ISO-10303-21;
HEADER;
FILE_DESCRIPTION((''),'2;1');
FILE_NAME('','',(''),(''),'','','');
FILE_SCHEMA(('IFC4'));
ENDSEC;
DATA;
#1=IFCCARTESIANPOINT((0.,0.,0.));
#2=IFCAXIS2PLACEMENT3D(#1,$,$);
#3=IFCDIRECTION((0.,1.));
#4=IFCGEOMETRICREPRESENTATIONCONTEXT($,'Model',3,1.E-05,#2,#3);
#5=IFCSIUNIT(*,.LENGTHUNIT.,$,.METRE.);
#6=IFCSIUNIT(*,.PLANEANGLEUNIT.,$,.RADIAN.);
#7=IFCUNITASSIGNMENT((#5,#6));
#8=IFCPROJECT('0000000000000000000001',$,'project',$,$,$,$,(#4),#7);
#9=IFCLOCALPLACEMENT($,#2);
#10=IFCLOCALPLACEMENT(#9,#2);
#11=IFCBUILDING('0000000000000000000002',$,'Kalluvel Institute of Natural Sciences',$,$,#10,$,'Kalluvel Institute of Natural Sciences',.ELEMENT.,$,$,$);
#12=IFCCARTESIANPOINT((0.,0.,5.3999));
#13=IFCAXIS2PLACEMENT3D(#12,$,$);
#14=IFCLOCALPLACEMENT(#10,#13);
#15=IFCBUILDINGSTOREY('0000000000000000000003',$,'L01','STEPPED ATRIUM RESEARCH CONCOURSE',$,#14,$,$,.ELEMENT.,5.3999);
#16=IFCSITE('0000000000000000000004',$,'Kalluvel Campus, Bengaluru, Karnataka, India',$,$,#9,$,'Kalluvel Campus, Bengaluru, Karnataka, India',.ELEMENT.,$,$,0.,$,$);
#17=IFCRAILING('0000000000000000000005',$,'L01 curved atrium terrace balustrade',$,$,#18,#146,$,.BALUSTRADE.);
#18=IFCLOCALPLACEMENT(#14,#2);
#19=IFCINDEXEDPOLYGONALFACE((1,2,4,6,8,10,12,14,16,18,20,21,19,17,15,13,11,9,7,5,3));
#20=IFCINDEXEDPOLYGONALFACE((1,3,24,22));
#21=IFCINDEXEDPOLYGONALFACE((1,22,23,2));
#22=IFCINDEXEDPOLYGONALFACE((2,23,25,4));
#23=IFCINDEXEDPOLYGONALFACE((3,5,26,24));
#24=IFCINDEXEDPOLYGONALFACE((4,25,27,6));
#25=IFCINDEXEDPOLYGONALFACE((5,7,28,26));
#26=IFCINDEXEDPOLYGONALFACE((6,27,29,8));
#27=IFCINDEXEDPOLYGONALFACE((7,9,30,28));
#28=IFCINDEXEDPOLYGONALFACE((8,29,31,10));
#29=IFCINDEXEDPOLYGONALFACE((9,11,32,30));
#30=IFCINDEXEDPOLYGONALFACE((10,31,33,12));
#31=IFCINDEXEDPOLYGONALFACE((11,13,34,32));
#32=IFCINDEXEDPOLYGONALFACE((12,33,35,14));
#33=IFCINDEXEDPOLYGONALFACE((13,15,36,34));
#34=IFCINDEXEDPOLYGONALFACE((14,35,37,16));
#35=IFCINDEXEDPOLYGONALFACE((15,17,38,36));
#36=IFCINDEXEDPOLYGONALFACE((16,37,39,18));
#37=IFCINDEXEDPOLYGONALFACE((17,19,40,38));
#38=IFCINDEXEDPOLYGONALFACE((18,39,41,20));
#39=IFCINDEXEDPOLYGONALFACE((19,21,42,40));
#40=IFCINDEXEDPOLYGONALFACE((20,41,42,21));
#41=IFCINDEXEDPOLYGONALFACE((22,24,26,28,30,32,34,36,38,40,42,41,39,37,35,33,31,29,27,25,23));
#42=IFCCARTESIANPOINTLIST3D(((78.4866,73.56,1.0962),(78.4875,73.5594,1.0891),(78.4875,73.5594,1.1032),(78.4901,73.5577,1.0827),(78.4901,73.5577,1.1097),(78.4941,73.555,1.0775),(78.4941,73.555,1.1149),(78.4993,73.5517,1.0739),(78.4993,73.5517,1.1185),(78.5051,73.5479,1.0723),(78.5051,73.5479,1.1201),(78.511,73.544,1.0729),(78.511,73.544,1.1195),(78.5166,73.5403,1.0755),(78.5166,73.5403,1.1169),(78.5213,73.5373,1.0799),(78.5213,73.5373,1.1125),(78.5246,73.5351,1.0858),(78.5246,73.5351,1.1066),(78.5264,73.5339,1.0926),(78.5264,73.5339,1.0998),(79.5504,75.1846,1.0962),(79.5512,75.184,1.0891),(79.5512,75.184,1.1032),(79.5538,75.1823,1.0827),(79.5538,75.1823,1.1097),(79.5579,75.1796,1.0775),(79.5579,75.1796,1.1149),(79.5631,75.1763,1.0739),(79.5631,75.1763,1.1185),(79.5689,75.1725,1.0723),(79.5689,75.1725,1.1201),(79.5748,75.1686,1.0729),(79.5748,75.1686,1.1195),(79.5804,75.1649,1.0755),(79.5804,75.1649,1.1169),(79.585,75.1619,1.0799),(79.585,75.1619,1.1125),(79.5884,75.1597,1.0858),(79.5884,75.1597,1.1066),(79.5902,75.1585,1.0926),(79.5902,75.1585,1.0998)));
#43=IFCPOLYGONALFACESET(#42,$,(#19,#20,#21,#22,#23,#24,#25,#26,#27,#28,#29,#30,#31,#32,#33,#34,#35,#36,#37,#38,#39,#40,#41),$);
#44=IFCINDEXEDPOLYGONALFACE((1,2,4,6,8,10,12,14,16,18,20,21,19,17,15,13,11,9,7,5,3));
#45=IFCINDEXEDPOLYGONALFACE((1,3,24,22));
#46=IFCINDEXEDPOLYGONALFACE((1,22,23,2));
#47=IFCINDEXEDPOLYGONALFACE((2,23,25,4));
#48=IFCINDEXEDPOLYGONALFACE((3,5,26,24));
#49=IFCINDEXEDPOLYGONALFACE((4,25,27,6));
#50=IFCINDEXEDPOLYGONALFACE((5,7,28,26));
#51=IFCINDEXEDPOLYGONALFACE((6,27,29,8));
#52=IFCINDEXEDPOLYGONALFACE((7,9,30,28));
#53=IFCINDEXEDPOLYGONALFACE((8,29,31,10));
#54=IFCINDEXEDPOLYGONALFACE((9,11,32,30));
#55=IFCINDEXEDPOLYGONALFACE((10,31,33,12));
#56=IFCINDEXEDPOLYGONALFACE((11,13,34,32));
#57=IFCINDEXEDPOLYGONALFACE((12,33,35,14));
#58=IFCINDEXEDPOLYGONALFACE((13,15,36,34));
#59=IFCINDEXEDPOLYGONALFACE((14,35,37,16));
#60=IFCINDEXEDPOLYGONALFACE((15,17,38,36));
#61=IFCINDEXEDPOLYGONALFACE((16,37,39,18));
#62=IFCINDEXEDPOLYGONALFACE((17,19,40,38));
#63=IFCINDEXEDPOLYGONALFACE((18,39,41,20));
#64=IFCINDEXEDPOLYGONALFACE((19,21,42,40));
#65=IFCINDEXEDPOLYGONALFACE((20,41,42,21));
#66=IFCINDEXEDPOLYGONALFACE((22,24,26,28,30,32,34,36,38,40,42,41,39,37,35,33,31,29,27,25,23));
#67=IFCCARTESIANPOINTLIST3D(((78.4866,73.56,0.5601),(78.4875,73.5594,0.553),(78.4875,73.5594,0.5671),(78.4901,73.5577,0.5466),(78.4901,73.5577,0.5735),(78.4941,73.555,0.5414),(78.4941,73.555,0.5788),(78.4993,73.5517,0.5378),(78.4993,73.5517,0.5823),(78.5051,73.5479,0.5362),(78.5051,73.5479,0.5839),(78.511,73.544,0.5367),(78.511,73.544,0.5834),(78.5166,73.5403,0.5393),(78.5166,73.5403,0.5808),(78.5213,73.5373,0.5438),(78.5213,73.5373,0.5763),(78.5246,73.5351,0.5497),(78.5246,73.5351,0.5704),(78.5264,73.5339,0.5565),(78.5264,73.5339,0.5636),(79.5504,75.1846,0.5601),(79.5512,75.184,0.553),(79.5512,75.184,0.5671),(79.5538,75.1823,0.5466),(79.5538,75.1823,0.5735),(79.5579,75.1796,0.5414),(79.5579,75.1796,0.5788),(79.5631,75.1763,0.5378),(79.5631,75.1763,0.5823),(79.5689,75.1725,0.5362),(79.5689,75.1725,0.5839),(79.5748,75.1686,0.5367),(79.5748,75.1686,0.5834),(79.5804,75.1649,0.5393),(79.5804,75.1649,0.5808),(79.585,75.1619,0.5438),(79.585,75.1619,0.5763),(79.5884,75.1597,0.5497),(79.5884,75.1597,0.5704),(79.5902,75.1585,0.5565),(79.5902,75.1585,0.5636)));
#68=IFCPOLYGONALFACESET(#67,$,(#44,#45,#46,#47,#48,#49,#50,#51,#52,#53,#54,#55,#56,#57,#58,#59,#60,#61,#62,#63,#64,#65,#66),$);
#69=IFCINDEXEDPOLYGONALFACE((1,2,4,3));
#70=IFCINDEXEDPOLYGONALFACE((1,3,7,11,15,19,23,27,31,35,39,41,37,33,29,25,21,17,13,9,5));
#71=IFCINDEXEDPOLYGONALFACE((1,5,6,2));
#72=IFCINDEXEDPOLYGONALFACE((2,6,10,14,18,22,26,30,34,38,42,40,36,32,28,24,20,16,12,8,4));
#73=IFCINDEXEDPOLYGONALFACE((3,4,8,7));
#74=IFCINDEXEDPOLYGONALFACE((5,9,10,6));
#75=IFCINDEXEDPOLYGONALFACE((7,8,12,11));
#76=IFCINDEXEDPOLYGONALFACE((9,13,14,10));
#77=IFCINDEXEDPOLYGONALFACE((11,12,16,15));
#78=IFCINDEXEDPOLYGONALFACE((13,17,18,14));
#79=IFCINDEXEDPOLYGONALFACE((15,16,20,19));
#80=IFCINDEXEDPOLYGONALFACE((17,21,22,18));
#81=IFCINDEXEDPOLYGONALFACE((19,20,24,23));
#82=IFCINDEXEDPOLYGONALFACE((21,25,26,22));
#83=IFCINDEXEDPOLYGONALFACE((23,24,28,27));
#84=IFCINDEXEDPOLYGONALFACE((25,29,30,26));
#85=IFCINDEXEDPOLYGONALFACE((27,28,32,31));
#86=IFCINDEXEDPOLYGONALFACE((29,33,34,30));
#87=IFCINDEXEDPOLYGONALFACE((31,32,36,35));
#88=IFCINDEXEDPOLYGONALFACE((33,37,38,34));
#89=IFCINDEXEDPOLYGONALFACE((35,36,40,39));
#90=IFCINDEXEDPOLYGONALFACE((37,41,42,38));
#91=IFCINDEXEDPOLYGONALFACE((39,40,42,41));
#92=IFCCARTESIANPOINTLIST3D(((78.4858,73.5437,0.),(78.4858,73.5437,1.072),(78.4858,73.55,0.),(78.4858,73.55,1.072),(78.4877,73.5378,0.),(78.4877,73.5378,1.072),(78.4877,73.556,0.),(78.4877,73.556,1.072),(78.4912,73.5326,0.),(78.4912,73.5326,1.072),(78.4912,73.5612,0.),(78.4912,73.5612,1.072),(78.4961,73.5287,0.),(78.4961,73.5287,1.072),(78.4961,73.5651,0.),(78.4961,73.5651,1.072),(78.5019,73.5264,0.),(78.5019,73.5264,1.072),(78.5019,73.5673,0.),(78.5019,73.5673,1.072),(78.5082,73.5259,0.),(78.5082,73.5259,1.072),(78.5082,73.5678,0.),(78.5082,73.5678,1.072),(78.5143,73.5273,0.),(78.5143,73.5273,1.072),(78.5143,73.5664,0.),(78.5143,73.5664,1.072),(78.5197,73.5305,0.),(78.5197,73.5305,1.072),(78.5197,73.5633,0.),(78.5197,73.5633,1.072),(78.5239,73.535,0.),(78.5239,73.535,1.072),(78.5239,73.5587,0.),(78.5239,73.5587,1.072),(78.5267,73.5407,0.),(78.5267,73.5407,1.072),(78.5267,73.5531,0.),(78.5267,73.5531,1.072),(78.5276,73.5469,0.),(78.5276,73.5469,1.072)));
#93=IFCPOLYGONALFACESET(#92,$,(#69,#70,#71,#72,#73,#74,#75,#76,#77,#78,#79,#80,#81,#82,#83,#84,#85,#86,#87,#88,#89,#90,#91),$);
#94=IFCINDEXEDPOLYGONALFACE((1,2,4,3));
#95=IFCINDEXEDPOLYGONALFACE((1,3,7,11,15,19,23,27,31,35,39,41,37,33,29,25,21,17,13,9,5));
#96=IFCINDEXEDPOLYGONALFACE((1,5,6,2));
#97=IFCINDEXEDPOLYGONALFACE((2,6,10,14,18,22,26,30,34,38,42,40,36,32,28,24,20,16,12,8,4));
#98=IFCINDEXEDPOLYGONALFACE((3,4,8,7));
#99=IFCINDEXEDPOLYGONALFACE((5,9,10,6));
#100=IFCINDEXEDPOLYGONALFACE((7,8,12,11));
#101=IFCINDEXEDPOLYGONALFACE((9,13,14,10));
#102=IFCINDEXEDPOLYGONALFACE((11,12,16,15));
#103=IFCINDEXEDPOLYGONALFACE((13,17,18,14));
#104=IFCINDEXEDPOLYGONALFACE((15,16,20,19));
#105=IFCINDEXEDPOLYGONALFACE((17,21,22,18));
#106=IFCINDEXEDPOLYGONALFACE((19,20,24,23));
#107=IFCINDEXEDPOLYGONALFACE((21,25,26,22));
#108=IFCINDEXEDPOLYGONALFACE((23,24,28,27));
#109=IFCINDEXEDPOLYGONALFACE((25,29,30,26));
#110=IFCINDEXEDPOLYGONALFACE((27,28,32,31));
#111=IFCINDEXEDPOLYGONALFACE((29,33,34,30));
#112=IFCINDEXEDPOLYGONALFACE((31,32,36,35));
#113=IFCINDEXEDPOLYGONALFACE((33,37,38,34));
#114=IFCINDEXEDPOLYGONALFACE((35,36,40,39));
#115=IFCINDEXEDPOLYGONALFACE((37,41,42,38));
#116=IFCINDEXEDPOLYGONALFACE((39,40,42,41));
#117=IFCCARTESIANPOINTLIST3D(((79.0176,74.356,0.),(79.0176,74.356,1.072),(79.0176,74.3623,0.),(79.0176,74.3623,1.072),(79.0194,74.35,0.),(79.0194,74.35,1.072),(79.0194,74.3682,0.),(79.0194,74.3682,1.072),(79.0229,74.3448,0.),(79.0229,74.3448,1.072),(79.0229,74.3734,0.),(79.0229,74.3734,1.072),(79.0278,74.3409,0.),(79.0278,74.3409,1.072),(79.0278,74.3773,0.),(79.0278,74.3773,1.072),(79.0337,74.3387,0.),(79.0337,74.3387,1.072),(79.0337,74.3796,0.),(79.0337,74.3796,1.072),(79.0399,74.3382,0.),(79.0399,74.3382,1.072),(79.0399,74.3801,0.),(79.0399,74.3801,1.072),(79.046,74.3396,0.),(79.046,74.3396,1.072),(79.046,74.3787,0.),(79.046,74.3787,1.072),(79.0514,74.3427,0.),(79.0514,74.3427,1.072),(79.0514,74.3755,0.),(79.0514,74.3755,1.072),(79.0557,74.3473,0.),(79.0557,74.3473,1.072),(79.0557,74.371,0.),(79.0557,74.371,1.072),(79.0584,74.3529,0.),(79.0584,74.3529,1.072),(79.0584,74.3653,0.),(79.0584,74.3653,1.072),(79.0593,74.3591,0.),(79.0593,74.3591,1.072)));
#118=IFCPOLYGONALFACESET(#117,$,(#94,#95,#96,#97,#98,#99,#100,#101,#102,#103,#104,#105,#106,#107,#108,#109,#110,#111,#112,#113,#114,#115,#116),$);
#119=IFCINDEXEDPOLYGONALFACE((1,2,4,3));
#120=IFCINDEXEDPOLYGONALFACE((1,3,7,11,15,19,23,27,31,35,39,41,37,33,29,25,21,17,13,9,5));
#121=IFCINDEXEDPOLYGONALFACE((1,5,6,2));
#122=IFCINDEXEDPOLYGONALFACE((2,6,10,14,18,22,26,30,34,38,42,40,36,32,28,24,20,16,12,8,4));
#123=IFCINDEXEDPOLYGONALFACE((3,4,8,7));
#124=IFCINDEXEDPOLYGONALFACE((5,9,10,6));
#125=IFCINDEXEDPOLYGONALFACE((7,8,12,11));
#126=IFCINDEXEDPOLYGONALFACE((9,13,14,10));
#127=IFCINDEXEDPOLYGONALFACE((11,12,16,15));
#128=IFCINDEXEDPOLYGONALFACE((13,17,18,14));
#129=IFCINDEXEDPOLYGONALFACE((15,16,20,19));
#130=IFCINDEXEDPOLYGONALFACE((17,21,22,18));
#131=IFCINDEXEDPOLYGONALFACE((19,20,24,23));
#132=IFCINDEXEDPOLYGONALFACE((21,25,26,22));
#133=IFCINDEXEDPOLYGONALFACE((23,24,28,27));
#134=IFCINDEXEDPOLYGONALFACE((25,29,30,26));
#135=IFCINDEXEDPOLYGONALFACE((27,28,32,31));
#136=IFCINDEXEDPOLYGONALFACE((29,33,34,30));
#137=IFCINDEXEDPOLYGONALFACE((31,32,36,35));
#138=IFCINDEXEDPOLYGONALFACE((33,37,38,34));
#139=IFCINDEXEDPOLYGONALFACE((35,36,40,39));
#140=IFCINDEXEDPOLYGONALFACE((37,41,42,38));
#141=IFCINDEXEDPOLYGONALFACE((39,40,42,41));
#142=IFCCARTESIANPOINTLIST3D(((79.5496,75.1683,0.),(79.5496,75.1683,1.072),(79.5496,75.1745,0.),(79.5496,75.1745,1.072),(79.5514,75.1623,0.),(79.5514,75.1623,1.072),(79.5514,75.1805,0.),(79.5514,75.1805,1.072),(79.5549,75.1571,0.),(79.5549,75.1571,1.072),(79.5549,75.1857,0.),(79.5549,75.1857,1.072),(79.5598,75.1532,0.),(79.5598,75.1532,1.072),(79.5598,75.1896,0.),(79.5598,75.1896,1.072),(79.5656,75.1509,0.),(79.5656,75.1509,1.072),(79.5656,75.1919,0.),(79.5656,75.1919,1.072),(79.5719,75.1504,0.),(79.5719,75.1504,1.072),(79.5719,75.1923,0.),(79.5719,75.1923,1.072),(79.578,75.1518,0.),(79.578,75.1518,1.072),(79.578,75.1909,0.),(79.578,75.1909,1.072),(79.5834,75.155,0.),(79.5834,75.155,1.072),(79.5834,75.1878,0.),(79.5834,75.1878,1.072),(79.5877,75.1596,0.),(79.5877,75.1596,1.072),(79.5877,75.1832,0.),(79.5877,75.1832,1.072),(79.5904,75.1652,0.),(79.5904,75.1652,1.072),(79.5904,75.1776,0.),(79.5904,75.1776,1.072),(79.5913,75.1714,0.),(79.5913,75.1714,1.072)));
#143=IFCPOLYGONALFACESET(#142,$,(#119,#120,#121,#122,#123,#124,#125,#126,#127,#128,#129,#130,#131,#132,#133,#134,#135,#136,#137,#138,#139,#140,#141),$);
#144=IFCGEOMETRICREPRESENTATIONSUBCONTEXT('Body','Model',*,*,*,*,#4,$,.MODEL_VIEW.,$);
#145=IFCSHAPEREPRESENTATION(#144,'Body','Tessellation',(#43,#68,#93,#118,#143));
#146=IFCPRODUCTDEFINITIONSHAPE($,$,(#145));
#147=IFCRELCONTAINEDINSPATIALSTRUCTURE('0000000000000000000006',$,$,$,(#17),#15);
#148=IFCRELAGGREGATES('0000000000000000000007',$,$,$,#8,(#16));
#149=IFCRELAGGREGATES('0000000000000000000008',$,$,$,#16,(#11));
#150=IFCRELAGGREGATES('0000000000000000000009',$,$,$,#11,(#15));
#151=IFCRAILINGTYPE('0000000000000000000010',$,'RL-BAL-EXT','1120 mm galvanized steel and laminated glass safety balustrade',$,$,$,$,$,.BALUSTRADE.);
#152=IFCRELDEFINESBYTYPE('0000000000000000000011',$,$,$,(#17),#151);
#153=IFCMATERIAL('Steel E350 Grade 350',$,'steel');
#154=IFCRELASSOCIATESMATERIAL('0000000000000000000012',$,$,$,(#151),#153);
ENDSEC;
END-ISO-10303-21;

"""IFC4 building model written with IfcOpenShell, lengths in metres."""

from ifc_helpers import new_model, si_unit, direction, frame, origin, origin_2d, place, context, subcontext, project, spatial, circle, extrude, material, type_object, element, save


model = new_model("IFC4")

# Units and contexts
model_context = context("Model", 3, precision=1e-05, world=origin(), true_north=direction((0.0, 1.0)))
body_context = subcontext(model_context, "Body", "Model", "MODEL_VIEW")
ifc_project = project(units=[si_unit("LENGTHUNIT", "METRE"), si_unit("PLANEANGLEUNIT", "RADIAN")], contexts=[model_context])

# Site, building, storey
site_placement = place(None, origin())
site = spatial("IfcSite", under=ifc_project, at=site_placement, Name="Kalluvel Campus, Bengaluru, Karnataka, India", LongName="Kalluvel Campus, Bengaluru, Karnataka, India", CompositionType="ELEMENT", RefElevation=0.0)
building_placement = place(site_placement, origin())
building = spatial("IfcBuilding", under=site, at=building_placement, Name="Kalluvel Institute of Natural Sciences", LongName="Kalluvel Institute of Natural Sciences", CompositionType="ELEMENT")
storey_placement = place(building_placement, frame((0.0, 0.0, 5.3999)))
storey = spatial("IfcBuildingStorey", under=building, at=storey_placement, Name="L01", Description="STEPPED ATRIUM RESEARCH CONCOURSE", CompositionType="ELEMENT", Elevation=5.3999)

# Railing
ifc_material_1 = material(Name="Steel E350 Grade 350", Category="steel")
railing_type = type_object("IfcRailingType", Name="RL-BAL-EXT", Description="1120 mm galvanized steel and laminated glass safety balustrade", PredefinedType="BALUSTRADE", material=ifc_material_1)
railing_1_placement = place(storey_placement, frame((78.5066, 73.5469, 0.0)))
element("IfcRailing", 1, at=railing_1_placement, inside=storey, type_object=railing_type, Name="L01 curved atrium terrace balustrade", PredefinedType="BALUSTRADE", context=body_context, shape_type="SweptSolid", body=[
    extrude(circle(Radius=0.0239, at=origin_2d()), frame((0.0, 0.0, 1.0962), z_axis=(0.547805, 0.836606, 0.0), x_axis=(-0.836606, 0.547805, 0.0)), (0.0, 0.0, 1.0), 1.9419),
    extrude(circle(Radius=0.0239, at=origin_2d()), frame((0.0, 0.0, 0.5601), z_axis=(0.547805, 0.836606, 0.0), x_axis=(-0.836606, 0.547805, 0.0)), (0.0, 0.0, 1.0), 1.9419),
    extrude(circle(Radius=0.021, at=origin_2d()), origin(), (0.0, 0.0, 1.0), 1.072),
    extrude(circle(Radius=0.021, at=origin_2d()), frame((0.5317, 0.8123, 0.0)), (0.0, 0.0, 1.0), 1.072),
    extrude(circle(Radius=0.021, at=origin_2d()), frame((1.0637, 1.6245, 0.0)), (0.0, 0.0, 1.0), 1.072),
])

save(model, "model.ifc")
